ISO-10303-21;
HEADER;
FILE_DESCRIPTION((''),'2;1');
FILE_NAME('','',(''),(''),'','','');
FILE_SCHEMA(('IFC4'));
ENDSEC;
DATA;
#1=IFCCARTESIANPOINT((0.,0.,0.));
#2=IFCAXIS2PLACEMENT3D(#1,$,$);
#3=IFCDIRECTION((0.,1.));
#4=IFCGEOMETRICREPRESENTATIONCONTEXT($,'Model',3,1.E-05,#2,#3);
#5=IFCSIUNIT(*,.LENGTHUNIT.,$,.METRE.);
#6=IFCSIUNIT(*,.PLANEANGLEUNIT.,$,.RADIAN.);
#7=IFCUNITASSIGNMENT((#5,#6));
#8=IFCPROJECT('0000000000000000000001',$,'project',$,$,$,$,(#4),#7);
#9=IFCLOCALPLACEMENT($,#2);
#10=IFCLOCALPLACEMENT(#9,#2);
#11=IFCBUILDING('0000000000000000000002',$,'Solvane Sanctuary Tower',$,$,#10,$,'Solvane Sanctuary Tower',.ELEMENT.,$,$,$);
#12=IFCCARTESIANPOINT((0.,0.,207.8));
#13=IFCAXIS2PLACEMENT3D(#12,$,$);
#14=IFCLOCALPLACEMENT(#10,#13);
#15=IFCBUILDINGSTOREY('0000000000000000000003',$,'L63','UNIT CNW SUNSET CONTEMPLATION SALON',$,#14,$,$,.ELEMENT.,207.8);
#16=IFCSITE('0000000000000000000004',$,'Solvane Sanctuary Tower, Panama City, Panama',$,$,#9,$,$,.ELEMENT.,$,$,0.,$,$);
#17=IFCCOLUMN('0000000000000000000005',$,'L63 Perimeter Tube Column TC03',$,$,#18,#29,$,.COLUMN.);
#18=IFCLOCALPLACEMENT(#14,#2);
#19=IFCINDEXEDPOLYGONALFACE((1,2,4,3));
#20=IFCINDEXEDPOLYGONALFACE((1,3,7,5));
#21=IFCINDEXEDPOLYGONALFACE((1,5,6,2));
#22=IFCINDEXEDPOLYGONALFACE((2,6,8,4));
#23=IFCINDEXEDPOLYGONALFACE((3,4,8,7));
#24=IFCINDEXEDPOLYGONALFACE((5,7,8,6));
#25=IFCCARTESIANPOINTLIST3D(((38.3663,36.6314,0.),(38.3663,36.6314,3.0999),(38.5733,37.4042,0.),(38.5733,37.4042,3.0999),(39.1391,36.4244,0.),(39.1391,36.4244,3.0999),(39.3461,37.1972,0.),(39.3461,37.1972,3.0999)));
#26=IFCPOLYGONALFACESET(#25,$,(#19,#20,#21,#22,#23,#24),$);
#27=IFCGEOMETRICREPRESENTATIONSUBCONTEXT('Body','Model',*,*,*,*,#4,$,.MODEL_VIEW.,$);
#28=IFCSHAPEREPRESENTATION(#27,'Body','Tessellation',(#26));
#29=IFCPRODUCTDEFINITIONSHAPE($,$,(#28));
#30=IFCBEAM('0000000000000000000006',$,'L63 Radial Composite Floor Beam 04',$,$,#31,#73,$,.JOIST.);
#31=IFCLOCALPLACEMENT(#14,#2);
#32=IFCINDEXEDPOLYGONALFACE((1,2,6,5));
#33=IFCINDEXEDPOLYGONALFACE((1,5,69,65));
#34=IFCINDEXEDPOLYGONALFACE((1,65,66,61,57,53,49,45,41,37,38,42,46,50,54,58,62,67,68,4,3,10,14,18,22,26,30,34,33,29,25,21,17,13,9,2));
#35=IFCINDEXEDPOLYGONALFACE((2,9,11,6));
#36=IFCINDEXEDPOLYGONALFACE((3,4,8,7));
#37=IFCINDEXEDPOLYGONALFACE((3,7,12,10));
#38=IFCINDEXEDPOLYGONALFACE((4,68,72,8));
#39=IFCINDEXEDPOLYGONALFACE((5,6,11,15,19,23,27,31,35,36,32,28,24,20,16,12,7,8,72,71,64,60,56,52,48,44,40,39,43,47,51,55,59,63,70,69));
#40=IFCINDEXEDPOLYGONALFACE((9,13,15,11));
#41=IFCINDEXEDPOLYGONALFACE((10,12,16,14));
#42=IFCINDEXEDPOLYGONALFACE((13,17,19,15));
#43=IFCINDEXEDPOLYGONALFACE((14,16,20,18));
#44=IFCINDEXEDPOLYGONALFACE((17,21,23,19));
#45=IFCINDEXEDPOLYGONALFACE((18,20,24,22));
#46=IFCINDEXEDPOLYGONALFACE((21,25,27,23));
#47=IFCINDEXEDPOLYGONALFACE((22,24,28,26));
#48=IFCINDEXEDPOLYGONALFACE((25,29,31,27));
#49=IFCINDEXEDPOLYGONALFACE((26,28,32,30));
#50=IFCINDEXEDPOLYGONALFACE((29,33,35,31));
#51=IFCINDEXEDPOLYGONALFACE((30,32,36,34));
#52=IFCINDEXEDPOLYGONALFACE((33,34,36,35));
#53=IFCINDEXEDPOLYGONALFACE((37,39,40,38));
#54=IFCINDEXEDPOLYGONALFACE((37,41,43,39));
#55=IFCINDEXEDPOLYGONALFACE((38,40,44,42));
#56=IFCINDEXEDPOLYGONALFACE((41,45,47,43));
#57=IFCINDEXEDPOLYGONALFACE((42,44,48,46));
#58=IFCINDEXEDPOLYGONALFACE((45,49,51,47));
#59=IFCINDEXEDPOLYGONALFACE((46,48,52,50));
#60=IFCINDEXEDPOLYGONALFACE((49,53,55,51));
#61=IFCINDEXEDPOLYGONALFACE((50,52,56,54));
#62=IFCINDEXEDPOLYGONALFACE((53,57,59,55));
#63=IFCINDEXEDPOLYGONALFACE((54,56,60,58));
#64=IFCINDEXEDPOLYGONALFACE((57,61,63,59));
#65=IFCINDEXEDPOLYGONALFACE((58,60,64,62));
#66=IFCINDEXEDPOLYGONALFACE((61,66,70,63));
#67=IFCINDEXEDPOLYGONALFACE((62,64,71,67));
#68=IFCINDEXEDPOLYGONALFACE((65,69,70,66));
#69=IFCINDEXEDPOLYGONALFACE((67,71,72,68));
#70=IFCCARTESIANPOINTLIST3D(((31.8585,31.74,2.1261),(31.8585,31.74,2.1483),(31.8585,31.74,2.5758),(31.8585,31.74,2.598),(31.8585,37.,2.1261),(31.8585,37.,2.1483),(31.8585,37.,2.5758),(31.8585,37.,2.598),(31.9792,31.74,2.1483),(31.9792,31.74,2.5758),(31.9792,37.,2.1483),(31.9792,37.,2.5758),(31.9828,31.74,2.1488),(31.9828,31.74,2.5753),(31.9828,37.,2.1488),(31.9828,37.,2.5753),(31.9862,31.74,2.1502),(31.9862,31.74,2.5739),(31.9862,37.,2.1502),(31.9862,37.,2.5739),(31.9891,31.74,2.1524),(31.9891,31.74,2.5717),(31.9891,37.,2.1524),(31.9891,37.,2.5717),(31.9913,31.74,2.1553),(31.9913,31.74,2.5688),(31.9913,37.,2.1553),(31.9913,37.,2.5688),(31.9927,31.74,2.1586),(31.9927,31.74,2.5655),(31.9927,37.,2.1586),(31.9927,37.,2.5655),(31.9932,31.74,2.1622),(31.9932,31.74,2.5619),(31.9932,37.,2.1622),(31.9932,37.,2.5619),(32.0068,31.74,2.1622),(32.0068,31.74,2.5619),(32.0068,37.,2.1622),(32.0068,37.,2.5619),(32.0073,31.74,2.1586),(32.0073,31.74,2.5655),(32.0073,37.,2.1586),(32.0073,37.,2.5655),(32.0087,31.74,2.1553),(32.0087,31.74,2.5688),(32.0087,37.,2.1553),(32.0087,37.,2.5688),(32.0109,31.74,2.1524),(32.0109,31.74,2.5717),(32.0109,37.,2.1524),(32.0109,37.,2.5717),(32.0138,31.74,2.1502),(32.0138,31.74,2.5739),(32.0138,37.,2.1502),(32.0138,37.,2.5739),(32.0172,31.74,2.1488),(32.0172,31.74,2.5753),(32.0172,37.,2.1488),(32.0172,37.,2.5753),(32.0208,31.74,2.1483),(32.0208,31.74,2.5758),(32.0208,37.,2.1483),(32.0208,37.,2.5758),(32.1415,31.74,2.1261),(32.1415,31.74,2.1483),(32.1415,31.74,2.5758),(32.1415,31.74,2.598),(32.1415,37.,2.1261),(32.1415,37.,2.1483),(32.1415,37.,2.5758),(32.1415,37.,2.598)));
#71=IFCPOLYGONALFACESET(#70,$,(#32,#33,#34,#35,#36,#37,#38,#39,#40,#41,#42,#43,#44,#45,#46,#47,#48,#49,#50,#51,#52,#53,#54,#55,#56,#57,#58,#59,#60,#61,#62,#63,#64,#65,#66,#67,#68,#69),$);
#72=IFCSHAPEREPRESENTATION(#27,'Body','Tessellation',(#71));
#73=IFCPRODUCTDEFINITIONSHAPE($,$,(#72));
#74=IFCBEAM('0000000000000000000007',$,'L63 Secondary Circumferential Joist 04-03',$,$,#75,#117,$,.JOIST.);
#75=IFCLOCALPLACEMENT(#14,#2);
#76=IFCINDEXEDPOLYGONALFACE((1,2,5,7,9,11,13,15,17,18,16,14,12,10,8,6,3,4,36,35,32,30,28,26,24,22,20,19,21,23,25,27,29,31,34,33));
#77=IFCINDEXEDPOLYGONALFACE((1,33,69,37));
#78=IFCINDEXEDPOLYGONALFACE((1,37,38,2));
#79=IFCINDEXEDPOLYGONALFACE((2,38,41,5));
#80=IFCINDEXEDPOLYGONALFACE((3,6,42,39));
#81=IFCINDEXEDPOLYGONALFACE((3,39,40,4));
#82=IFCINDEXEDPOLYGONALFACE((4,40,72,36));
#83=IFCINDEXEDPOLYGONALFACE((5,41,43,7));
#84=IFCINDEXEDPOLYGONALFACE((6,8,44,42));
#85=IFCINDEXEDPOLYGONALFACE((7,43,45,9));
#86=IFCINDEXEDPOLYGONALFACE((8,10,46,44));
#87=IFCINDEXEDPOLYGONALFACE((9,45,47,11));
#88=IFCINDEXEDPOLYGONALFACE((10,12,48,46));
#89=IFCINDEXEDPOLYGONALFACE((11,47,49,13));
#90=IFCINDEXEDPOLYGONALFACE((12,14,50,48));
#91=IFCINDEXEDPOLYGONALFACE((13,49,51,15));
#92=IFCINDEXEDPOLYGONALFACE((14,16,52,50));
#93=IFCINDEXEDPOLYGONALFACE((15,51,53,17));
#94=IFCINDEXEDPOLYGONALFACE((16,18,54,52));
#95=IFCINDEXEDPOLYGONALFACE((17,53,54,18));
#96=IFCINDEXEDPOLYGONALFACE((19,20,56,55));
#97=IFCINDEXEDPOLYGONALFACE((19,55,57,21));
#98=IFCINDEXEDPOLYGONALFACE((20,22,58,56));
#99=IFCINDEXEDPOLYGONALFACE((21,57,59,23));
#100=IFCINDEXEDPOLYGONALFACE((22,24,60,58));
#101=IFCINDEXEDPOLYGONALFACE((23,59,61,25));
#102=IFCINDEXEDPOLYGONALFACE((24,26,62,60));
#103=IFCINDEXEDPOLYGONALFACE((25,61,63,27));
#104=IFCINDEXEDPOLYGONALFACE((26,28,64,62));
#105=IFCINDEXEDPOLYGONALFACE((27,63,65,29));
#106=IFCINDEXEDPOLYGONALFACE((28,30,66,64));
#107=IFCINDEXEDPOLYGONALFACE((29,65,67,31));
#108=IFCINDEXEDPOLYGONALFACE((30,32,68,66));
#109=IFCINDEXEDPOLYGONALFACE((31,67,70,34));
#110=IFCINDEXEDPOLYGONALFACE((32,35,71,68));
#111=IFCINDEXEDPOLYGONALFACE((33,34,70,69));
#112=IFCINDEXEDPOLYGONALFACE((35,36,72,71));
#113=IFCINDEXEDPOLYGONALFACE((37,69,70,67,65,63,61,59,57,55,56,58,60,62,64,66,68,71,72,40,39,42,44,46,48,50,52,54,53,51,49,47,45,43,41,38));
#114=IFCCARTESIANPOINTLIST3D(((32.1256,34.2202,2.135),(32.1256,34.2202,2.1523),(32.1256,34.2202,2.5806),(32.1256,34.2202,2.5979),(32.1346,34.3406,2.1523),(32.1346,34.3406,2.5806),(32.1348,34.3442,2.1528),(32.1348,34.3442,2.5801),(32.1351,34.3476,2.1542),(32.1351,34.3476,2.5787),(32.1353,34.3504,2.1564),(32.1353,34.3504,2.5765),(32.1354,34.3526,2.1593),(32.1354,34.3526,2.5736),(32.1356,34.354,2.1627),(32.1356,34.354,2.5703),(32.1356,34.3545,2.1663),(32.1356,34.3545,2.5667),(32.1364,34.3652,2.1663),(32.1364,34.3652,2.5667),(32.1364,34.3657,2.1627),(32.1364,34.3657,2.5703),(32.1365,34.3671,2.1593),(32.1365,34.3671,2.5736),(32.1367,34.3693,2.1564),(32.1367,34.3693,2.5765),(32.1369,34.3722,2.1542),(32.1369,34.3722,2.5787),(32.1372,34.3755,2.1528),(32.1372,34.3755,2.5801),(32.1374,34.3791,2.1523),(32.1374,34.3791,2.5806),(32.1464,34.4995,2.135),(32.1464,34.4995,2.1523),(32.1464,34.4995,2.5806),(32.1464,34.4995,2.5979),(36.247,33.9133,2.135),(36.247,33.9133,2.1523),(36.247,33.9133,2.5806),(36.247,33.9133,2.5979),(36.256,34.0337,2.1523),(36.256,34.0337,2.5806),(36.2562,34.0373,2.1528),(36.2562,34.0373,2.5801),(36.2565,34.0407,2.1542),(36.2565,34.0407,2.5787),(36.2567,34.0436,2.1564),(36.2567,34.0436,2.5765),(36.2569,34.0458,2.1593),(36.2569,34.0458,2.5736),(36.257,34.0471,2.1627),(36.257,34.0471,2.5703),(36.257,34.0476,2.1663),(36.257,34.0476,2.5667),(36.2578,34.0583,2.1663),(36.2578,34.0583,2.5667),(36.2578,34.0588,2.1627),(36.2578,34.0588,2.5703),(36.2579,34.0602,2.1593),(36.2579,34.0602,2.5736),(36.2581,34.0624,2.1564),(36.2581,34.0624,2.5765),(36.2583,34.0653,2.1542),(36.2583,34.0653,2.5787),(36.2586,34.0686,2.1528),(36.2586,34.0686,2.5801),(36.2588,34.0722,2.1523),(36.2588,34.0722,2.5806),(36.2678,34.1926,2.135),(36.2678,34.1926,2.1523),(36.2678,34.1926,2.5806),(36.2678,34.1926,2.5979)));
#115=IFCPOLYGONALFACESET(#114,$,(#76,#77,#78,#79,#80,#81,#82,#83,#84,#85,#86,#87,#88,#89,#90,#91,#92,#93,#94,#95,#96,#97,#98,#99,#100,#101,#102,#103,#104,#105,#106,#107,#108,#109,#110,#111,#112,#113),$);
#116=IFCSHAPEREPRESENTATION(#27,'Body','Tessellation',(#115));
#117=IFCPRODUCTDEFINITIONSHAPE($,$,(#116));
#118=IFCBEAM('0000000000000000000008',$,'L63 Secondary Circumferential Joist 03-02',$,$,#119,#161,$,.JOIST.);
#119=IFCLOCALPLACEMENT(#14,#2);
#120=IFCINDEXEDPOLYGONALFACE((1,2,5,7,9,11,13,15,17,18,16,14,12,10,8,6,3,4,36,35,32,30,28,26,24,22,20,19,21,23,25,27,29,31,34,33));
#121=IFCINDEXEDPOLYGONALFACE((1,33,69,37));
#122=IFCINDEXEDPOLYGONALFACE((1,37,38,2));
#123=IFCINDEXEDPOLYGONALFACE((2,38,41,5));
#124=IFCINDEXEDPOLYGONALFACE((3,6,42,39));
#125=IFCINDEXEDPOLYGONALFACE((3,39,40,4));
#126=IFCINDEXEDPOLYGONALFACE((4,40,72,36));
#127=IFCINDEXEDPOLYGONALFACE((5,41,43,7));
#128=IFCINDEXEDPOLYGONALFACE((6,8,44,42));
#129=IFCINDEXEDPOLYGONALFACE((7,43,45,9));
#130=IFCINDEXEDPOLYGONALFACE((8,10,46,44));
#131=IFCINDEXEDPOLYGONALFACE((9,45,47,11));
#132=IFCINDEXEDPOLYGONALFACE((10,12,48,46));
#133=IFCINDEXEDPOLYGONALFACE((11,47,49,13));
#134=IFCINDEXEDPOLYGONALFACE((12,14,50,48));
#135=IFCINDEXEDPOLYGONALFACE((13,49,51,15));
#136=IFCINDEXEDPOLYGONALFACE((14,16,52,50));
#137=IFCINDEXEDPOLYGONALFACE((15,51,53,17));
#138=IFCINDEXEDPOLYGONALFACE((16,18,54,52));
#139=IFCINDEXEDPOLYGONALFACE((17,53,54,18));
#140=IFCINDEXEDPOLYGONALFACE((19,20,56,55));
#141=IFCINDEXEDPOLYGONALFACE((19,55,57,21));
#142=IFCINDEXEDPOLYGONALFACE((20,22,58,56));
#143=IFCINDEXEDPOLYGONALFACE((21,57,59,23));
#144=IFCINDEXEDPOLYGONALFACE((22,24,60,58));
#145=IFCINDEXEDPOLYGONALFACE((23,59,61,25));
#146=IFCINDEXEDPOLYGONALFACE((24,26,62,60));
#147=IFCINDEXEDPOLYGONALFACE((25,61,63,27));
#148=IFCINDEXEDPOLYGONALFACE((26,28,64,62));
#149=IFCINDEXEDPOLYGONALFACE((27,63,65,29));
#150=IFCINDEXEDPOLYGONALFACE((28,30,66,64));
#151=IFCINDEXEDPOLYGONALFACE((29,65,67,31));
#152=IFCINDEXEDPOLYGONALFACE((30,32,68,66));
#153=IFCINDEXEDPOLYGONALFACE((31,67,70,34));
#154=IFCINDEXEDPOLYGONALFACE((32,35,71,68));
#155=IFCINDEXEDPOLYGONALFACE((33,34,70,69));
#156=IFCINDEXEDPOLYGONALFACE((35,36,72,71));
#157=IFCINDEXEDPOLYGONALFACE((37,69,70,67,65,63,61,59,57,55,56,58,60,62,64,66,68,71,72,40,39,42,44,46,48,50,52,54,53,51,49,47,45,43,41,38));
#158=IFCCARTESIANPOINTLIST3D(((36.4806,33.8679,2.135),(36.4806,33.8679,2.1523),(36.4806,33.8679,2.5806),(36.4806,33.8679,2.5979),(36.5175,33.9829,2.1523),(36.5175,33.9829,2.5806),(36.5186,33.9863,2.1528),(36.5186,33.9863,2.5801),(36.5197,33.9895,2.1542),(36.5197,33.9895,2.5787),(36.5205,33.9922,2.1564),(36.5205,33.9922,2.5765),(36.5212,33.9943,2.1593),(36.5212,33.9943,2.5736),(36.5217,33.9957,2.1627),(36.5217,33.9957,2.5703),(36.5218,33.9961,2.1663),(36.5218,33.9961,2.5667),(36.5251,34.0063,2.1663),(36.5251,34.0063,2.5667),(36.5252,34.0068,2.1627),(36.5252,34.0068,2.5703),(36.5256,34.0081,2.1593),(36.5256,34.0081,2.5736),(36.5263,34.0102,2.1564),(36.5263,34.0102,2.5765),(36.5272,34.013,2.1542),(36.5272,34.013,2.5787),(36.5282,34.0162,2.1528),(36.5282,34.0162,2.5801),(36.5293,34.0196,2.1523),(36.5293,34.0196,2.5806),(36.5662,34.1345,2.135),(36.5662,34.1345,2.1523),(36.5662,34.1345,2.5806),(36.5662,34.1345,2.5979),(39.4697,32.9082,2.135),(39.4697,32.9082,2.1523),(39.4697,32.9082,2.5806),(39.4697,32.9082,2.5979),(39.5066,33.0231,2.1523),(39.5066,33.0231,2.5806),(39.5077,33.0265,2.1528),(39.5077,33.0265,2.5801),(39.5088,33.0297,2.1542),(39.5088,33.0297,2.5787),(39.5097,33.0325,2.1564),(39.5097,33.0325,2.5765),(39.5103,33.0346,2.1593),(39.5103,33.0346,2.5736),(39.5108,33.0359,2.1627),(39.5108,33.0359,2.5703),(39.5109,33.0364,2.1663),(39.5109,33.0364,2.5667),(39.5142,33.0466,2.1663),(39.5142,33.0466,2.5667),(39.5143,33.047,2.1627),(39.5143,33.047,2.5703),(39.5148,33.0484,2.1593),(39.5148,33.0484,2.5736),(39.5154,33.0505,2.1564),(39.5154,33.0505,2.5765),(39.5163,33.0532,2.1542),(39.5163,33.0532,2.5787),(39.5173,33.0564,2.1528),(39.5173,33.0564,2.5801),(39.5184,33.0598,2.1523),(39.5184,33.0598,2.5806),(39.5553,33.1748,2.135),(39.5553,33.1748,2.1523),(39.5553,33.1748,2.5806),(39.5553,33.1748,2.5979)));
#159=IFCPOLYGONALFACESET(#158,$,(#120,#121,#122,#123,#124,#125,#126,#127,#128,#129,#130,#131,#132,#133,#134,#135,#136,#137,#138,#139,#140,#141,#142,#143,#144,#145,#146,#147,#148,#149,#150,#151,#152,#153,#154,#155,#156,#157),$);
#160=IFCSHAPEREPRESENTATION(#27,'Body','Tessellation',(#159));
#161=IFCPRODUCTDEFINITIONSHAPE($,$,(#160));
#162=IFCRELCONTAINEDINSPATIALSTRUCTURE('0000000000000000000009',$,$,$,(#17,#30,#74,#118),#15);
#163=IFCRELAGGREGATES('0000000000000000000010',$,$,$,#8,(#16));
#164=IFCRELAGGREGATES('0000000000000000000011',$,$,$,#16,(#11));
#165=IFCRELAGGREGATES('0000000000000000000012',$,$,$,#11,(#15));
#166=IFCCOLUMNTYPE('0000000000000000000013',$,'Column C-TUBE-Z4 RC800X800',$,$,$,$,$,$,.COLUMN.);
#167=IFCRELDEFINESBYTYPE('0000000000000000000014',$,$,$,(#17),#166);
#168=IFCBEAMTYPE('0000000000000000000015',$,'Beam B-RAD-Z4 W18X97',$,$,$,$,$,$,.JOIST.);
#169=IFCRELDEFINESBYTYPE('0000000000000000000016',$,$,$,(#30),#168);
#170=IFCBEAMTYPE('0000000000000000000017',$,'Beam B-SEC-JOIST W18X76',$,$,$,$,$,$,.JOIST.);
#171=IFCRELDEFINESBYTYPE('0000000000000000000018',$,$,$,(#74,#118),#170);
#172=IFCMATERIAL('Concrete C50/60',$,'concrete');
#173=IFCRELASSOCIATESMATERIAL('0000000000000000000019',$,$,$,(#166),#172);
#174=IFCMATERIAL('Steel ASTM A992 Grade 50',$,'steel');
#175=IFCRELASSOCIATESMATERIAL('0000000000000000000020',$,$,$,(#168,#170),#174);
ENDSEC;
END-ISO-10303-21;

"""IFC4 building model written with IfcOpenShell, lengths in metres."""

from ifc_helpers import new_model, si_unit, direction, frame, origin, origin_2d, place, context, subcontext, project, spatial, rectangle, i_section, extrude, material, material_profile, profile_set, type_object, element, save


model = new_model("IFC4")

# Units and contexts
model_context = context("Model", 3, precision=1e-05, world=origin(), true_north=direction((0.0, 1.0)))
body_context = subcontext(model_context, "Body", "Model", "MODEL_VIEW")
ifc_project = project(units=[si_unit("LENGTHUNIT", "METRE"), si_unit("PLANEANGLEUNIT", "RADIAN")], contexts=[model_context])

# Site, building, storey
site_placement = place(None, origin())
site = spatial("IfcSite", under=ifc_project, at=site_placement, Name="Solvane Sanctuary Tower, Panama City, Panama", CompositionType="ELEMENT", RefElevation=0.0)
building_placement = place(site_placement, origin())
building = spatial("IfcBuilding", under=site, at=building_placement, Name="Solvane Sanctuary Tower", LongName="Solvane Sanctuary Tower", CompositionType="ELEMENT")
storey_placement = place(building_placement, frame((0.0, 0.0, 207.8)))
storey = spatial("IfcBuildingStorey", under=building, at=storey_placement, Name="L63", Description="UNIT CNW SUNSET CONTEMPLATION SALON", CompositionType="ELEMENT", Elevation=207.8)

# Column
ifc_material_1 = material(Name="Concrete C50/60", Category="concrete")
ifc_material_profile_1 = material_profile(ifc_material_1, rectangle(XDim=0.8, YDim=0.8, at=origin_2d()), Name="RC800X800")
ifc_profile_set_1 = profile_set([ifc_material_profile_1], Name="Concrete C50/60")
column_type = type_object("IfcColumnType", Name="Column C-TUBE-Z4 RC800X800", PredefinedType="COLUMN", material=ifc_profile_set_1)
column_placement = place(storey_placement, frame((38.8562, 36.9143, 0.0), z_axis=(0.0, 0.0, 1.0), x_axis=(0.258819, 0.965926, 0.0)))
element("IfcColumn", 1, at=column_placement, inside=storey, type_object=column_type, Name="L63 Perimeter Tube Column TC03", PredefinedType="COLUMN", context=body_context, shape_type="SweptSolid", body=[
    extrude(rectangle(XDim=0.8, YDim=0.8, at=origin_2d()), origin(), (0.0, 0.0, 1.0), 3.0999),
])

# Beams
ifc_material_2 = material(Name="Steel ASTM A992 Grade 50", Category="steel")
ifc_material_profile_2 = material_profile(ifc_material_2, i_section(OverallWidth=0.283, OverallDepth=0.4719, WebThickness=0.0137, FlangeThickness=0.0222, FilletRadius=0.0139, at=origin_2d()), Name="W18X97")
ifc_profile_set_2 = profile_set([ifc_material_profile_2], Name="Steel ASTM A992 Grade 50")
beam_type_1 = type_object("IfcBeamType", Name="Beam B-RAD-Z4 W18X97", PredefinedType="JOIST", material=ifc_profile_set_2)
beam_1_placement = place(storey_placement, frame((32.0, 31.74, 2.3621), z_axis=(0.0, 1.0, 0.0), x_axis=(-1.0, 0.0, 0.0)))
element("IfcBeam", 2, at=beam_1_placement, inside=storey, type_object=beam_type_1, Name="L63 Radial Composite Floor Beam 04", PredefinedType="JOIST", context=body_context, shape_type="SweptSolid", body=[
    extrude(i_section(OverallWidth=0.283, OverallDepth=0.4719, WebThickness=0.0137, FlangeThickness=0.0222, FilletRadius=0.0139, at=origin_2d()), origin(), (0.0, 0.0, 1.0), 5.26),
])
ifc_material_profile_3 = material_profile(ifc_material_2, i_section(OverallWidth=0.28, OverallDepth=0.4629, WebThickness=0.0107, FlangeThickness=0.0173, FilletRadius=0.0139, at=origin_2d()), Name="W18X76")
ifc_profile_set_3 = profile_set([ifc_material_profile_3], Name="Steel ASTM A992 Grade 50")
beam_type_2 = type_object("IfcBeamType", Name="Beam B-SEC-JOIST W18X76", PredefinedType="JOIST", material=ifc_profile_set_3)
beam_2_placement = place(storey_placement, frame((32.136, 34.3599, 2.3665), z_axis=(0.997239, -0.074257, 0.0), x_axis=(0.074257, 0.997239, 0.0)))
element("IfcBeam", 3, at=beam_2_placement, inside=storey, type_object=beam_type_2, Name="L63 Secondary Circumferential Joist 04-03", PredefinedType="JOIST", context=body_context, shape_type="SweptSolid", body=[
    extrude(i_section(OverallWidth=0.28, OverallDepth=0.4629, WebThickness=0.0107, FlangeThickness=0.0173, FilletRadius=0.0139, at=origin_2d()), origin(), (0.0, 0.0, 1.0), 4.1328),
])
beam_3_placement = place(storey_placement, frame((36.5234, 34.0012, 2.3665), z_axis=(0.952125, -0.30571, 0.0), x_axis=(0.30571, 0.952125, 0.0)))
element("IfcBeam", 4, at=beam_3_placement, inside=storey, type_object=beam_type_2, Name="L63 Secondary Circumferential Joist 03-02", PredefinedType="JOIST", context=body_context, shape_type="SweptSolid", body=[
    extrude(i_section(OverallWidth=0.28, OverallDepth=0.4629, WebThickness=0.0107, FlangeThickness=0.0173, FilletRadius=0.0139, at=origin_2d()), origin(), (0.0, 0.0, 1.0), 3.1394),
])

save(model, "model.ifc")
